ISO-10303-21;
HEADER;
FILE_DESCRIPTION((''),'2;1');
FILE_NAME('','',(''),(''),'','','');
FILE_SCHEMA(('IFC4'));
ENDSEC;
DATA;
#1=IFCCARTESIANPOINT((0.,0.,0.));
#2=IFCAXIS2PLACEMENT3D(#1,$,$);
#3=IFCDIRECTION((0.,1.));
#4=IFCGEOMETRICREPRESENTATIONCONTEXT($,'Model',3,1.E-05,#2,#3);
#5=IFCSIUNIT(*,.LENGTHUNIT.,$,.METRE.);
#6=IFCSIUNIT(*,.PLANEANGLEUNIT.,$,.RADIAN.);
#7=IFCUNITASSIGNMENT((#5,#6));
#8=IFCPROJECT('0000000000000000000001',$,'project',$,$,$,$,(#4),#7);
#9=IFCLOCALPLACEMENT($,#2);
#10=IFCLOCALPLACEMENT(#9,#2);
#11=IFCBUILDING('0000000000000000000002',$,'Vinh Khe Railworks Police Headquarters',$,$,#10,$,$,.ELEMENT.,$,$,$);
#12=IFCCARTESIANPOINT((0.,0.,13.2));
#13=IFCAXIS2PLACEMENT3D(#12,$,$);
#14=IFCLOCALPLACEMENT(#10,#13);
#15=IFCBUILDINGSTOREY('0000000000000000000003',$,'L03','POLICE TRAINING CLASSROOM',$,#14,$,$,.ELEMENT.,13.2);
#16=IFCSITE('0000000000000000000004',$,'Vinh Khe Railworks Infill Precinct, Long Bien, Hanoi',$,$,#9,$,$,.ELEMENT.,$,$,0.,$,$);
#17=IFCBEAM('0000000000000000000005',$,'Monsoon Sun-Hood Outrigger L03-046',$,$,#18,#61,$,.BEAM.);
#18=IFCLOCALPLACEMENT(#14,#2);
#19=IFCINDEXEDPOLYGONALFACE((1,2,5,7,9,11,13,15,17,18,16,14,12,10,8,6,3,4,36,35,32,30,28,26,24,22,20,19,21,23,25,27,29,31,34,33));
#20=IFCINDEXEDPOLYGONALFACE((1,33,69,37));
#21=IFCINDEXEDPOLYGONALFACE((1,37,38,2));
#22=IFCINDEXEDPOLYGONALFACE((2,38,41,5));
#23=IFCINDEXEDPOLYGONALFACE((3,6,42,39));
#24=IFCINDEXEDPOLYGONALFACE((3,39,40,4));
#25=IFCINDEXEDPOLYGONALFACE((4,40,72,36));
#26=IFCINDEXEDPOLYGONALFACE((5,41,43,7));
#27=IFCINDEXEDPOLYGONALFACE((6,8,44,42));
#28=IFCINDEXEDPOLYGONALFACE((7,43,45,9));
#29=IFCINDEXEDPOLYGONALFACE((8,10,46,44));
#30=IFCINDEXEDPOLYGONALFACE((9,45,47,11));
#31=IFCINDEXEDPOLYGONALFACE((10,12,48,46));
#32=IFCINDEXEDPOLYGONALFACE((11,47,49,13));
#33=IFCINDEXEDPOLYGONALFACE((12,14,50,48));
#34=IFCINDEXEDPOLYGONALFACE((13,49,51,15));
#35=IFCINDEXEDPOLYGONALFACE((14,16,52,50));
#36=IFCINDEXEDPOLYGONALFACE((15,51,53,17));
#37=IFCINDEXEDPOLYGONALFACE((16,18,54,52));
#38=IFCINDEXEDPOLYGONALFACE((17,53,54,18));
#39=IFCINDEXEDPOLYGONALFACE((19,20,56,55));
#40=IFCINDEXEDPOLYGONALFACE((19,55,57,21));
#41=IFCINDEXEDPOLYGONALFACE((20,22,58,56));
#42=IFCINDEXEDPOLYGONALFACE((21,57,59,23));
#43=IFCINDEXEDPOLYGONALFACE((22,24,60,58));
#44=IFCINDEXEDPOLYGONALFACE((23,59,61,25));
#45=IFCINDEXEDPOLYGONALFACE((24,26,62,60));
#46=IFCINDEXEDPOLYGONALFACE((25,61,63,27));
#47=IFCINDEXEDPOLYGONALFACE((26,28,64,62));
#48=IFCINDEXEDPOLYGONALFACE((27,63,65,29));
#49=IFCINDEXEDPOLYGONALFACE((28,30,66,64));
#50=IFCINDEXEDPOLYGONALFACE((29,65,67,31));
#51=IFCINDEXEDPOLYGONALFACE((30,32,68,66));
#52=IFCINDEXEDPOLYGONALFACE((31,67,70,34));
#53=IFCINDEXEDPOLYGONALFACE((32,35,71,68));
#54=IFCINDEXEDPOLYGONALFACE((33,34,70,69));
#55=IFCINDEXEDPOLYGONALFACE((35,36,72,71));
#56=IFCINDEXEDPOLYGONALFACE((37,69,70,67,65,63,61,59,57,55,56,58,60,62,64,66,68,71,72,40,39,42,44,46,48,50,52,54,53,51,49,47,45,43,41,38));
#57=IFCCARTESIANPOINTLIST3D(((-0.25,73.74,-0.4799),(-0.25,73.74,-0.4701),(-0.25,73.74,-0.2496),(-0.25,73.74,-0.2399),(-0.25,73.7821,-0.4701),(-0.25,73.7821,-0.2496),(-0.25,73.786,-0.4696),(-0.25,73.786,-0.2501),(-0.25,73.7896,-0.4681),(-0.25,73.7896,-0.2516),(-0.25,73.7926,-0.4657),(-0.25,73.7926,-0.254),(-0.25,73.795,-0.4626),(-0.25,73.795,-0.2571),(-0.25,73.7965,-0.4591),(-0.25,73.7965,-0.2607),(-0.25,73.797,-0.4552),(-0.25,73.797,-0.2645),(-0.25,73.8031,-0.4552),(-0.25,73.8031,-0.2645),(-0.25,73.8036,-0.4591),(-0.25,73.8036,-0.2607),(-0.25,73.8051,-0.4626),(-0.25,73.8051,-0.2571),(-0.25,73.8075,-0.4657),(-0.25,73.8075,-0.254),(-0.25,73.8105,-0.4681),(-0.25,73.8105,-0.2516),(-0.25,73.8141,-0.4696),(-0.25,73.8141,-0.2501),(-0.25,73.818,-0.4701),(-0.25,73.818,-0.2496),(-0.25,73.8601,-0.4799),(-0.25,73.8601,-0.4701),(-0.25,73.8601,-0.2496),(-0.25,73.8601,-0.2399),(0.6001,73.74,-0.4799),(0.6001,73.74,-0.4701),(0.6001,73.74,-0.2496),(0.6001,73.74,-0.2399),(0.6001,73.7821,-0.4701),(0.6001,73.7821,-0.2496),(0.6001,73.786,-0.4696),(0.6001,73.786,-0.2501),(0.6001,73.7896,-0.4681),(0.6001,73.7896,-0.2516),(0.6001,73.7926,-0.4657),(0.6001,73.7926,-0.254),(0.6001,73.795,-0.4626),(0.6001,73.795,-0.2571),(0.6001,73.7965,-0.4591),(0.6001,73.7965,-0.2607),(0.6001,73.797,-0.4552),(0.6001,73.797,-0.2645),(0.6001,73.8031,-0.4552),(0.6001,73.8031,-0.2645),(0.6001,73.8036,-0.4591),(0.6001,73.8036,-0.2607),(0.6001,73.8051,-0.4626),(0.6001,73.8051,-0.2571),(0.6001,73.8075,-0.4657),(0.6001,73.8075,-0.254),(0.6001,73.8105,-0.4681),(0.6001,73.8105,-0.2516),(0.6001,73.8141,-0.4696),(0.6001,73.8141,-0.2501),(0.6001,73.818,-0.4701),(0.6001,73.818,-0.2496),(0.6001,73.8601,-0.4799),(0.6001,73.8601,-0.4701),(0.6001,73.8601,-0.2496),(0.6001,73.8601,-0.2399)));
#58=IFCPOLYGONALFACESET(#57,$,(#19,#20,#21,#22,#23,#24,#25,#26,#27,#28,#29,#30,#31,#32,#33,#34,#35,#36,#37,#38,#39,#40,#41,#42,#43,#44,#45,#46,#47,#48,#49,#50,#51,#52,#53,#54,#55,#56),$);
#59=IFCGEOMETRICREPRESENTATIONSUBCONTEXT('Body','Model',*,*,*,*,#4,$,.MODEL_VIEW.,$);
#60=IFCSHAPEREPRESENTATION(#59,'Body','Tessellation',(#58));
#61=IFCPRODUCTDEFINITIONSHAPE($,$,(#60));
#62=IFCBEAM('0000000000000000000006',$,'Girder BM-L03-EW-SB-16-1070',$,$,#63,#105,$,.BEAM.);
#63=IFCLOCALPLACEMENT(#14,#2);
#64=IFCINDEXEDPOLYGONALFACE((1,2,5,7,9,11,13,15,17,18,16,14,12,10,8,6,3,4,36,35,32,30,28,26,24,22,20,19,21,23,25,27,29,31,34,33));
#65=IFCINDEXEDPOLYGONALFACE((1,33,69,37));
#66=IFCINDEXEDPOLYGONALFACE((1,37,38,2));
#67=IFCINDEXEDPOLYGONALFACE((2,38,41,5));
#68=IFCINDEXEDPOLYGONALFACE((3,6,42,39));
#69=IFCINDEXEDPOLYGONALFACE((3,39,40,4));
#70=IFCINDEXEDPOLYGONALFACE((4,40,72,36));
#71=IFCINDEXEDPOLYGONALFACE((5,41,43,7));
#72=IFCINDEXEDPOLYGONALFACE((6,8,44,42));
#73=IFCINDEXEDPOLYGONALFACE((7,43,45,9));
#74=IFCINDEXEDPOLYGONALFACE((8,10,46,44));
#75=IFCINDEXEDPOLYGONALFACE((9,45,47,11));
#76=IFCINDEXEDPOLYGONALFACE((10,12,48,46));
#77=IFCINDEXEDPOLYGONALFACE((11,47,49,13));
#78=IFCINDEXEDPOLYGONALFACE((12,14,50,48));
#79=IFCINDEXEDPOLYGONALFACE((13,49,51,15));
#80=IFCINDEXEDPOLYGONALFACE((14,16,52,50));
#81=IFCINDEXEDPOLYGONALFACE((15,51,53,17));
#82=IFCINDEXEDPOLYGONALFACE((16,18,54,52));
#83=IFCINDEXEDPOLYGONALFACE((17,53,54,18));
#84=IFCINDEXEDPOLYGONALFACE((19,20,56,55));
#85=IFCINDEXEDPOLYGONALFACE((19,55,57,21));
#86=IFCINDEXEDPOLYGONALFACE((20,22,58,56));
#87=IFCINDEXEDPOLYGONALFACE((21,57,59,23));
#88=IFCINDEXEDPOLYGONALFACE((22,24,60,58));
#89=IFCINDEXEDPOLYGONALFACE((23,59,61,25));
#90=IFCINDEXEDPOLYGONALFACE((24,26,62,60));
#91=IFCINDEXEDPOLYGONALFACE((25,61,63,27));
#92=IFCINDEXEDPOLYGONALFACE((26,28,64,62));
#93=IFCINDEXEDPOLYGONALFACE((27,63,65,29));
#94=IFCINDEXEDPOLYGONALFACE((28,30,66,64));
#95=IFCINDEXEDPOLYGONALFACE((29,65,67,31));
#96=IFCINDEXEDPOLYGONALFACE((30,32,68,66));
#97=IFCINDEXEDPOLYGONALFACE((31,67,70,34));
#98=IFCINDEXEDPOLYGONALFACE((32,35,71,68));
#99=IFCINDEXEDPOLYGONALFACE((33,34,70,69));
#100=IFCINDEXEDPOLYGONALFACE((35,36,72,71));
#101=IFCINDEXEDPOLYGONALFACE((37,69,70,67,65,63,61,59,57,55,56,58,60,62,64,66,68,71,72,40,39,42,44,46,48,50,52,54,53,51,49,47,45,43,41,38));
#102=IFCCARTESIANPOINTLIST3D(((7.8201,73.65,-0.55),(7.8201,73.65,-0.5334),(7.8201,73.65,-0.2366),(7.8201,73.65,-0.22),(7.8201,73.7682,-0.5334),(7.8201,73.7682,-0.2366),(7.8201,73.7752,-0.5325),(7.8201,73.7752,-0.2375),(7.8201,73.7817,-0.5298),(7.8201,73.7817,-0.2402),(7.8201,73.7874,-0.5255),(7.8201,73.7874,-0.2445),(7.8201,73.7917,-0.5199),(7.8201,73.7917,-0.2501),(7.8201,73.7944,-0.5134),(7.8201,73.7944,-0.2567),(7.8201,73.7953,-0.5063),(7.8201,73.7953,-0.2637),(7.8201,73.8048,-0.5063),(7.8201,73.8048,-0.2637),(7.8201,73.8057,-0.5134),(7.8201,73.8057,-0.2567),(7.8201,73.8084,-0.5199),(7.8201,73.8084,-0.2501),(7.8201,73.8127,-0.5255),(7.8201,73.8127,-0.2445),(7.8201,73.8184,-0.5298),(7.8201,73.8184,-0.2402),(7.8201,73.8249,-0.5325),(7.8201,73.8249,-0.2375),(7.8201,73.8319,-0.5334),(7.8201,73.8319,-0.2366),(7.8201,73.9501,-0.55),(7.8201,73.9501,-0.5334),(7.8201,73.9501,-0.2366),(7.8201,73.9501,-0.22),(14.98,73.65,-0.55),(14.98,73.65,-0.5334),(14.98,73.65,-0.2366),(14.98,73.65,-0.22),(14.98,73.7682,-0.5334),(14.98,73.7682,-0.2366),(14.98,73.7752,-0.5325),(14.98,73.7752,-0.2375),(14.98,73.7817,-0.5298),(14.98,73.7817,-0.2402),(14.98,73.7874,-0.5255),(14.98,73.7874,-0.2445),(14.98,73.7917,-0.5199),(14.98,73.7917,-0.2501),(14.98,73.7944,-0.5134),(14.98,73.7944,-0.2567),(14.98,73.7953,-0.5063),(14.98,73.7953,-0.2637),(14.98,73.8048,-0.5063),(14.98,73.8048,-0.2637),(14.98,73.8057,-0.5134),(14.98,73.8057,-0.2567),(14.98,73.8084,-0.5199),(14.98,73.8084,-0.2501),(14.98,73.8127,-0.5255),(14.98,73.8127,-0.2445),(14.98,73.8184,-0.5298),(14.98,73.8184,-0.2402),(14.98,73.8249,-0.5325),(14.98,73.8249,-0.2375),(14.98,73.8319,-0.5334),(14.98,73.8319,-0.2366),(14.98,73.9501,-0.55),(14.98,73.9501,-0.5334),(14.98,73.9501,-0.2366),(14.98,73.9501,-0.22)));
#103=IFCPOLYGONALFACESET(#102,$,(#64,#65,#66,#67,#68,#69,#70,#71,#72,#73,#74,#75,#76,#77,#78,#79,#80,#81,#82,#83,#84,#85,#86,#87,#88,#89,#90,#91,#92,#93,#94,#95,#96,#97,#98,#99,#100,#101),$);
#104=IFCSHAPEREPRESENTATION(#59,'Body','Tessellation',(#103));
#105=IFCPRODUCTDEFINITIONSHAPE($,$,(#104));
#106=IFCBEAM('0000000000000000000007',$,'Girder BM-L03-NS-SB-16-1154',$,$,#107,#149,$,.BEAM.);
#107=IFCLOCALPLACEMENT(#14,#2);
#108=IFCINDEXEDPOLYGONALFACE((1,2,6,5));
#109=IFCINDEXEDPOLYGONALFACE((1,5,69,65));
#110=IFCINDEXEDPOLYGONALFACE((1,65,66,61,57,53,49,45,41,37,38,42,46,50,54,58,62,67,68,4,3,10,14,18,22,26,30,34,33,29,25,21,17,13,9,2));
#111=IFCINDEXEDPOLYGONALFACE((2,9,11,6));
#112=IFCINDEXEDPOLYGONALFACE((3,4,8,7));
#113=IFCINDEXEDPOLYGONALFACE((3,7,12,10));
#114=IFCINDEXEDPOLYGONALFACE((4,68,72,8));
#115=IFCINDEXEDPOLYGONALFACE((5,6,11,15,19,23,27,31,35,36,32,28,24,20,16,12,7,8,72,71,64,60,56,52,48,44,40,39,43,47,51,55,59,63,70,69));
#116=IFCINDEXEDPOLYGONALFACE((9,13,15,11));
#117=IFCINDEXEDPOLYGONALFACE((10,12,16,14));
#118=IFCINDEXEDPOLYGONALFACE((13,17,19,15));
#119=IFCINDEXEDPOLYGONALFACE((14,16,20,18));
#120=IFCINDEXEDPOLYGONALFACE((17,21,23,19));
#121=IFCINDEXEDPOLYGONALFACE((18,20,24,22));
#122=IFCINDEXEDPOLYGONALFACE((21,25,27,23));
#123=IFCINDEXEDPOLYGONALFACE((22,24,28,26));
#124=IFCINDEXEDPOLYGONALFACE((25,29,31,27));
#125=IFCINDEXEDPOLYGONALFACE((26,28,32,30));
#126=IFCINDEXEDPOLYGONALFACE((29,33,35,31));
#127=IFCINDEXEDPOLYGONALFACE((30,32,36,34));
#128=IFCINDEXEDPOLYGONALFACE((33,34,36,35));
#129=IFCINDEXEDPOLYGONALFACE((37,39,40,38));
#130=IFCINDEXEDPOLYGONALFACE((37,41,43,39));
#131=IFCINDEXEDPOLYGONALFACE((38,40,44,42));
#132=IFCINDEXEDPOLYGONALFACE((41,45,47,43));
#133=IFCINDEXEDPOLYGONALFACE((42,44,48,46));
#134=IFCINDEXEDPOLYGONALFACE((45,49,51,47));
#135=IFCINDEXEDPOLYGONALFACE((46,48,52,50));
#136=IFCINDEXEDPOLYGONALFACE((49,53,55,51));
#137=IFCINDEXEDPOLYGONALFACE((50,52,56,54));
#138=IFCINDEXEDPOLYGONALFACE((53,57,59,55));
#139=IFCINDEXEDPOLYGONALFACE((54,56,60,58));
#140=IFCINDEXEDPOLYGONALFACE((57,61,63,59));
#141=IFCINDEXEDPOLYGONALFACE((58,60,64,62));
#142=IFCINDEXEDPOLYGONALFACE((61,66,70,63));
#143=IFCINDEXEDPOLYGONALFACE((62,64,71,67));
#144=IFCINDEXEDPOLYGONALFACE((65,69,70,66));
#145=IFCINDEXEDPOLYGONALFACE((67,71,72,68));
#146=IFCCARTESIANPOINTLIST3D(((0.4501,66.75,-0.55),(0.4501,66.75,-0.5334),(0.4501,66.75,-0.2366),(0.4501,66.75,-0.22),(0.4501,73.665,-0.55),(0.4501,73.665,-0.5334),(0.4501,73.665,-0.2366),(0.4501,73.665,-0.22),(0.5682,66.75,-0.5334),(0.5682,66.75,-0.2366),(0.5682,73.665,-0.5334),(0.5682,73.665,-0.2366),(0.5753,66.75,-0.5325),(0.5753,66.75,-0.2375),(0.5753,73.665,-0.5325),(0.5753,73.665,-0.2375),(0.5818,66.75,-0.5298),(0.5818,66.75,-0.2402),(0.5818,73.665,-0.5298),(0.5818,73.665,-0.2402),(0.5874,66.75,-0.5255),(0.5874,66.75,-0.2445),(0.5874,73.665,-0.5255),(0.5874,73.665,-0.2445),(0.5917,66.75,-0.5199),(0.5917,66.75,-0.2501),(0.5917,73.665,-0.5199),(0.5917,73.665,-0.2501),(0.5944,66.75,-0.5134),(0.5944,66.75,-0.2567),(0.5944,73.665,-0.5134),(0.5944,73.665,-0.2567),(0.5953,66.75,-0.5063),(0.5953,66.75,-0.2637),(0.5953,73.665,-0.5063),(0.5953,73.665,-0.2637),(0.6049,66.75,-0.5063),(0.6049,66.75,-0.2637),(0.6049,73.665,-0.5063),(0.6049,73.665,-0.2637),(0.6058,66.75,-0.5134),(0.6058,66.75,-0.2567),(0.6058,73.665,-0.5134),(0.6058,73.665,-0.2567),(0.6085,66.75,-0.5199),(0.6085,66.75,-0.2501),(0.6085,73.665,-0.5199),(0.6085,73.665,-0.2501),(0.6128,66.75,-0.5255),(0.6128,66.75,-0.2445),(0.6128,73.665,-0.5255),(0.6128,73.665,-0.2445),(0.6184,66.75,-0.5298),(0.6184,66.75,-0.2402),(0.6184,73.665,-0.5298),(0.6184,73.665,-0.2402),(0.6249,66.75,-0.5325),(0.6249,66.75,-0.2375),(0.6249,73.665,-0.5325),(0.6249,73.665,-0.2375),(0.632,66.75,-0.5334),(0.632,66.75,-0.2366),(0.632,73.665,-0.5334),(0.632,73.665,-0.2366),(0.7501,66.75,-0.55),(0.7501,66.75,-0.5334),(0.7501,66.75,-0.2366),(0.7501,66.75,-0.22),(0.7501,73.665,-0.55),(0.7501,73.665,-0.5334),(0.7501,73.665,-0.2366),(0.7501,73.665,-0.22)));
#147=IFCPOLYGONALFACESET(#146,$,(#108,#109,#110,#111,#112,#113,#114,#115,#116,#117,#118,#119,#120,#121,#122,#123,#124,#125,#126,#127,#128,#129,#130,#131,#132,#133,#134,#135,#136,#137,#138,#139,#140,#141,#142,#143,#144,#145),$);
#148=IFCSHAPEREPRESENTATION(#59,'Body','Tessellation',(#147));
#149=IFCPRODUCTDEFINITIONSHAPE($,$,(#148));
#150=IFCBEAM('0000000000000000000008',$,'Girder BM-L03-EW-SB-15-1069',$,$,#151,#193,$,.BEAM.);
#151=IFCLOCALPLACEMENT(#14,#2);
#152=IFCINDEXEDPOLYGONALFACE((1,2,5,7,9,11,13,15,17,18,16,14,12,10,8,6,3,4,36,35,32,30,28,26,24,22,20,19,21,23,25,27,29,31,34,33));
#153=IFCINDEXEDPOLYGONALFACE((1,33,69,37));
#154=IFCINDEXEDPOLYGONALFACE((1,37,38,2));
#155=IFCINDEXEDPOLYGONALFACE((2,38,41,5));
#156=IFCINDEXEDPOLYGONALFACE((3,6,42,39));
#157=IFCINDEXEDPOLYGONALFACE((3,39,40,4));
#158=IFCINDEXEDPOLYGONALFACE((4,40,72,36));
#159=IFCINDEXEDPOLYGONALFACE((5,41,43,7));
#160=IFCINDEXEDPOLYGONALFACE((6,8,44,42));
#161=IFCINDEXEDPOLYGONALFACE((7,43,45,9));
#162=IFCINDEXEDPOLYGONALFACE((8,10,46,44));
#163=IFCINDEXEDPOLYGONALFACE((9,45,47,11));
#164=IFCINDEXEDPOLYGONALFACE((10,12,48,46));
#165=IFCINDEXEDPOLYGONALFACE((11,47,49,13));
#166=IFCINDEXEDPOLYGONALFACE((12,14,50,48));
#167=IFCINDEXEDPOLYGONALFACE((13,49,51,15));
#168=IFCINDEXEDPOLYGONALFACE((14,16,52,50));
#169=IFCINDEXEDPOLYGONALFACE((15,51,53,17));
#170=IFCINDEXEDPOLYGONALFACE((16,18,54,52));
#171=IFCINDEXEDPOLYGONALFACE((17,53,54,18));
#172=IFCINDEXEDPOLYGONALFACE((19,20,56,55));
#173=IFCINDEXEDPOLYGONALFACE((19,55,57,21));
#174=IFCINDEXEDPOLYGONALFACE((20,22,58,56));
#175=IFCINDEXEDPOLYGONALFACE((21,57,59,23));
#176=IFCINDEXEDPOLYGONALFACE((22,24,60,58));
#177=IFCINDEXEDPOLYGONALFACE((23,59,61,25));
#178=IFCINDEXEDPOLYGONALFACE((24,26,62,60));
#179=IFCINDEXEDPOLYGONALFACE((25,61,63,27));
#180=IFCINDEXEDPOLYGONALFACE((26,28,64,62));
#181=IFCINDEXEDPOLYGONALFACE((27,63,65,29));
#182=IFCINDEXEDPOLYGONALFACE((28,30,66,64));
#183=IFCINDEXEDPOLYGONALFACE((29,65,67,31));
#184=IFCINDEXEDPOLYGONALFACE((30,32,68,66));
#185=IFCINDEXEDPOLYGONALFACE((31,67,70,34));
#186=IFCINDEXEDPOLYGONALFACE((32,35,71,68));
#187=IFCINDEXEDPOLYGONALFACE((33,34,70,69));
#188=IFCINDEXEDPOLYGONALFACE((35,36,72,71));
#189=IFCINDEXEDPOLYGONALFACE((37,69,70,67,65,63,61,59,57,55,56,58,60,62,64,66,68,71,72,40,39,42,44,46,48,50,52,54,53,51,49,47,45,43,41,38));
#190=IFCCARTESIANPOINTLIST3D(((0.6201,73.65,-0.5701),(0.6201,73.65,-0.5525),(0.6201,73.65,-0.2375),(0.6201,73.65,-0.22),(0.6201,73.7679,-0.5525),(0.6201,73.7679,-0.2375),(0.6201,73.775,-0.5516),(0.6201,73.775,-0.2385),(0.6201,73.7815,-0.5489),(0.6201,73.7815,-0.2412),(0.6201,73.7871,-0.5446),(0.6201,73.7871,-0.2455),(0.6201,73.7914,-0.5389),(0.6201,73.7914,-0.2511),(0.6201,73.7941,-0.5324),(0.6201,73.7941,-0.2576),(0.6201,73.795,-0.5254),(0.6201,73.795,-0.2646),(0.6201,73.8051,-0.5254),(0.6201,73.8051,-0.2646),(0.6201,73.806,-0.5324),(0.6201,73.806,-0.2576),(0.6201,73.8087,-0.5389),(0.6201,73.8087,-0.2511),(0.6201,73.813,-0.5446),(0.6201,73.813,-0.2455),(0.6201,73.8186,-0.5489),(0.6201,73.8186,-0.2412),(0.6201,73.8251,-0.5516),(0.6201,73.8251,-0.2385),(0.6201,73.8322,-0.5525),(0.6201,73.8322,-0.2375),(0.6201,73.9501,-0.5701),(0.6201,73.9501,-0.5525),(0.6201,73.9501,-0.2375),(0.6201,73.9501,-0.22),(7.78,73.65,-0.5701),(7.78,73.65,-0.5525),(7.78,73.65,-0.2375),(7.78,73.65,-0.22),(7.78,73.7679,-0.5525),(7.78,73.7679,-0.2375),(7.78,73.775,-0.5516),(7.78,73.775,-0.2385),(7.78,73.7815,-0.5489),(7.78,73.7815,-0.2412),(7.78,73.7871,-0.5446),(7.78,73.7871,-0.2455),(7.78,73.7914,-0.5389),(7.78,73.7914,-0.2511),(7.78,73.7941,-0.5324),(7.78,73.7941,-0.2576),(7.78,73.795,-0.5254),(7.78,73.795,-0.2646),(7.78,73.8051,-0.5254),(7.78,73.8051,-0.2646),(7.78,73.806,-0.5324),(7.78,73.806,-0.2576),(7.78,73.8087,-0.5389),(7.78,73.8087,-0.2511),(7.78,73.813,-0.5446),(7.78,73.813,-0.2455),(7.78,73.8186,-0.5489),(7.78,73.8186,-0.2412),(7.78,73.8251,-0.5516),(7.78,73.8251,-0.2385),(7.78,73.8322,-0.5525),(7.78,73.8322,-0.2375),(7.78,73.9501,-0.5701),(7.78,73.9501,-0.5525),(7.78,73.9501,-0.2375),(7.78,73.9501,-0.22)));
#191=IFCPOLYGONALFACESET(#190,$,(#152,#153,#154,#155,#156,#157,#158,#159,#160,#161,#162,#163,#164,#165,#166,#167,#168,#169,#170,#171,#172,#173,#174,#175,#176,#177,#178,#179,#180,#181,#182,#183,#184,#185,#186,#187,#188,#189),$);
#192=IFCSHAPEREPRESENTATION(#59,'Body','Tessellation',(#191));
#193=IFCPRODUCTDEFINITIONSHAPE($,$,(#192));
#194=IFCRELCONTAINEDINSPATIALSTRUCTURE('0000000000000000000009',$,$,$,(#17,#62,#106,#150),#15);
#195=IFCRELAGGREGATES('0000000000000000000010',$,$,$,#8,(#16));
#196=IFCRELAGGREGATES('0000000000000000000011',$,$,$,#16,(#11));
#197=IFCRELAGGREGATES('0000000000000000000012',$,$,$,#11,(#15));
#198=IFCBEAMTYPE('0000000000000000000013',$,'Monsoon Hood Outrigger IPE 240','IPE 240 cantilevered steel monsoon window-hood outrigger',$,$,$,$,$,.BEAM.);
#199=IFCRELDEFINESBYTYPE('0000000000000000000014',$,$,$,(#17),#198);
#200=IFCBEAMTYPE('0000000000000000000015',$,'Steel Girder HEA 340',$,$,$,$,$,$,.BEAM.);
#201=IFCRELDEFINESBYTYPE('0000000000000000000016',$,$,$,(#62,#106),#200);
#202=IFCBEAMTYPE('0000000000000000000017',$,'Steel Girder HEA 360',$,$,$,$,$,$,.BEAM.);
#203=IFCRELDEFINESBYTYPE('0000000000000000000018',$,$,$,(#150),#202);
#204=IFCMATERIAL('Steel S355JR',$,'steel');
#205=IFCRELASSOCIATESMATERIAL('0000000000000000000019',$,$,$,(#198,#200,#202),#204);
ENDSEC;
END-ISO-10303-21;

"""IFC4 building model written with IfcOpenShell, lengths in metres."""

from ifc_helpers import new_model, si_unit, direction, frame, origin, origin_2d, place, context, subcontext, project, spatial, i_section, extrude, material, material_profile, profile_set, type_object, element, save


model = new_model("IFC4")

# Units and contexts
model_context = context("Model", 3, precision=1e-05, world=origin(), true_north=direction((0.0, 1.0)))
body_context = subcontext(model_context, "Body", "Model", "MODEL_VIEW")
ifc_project = project(units=[si_unit("LENGTHUNIT", "METRE"), si_unit("PLANEANGLEUNIT", "RADIAN")], contexts=[model_context])

# Site, building, storey
site_placement = place(None, origin())
site = spatial("IfcSite", under=ifc_project, at=site_placement, Name="Vinh Khe Railworks Infill Precinct, Long Bien, Hanoi", CompositionType="ELEMENT", RefElevation=0.0)
building_placement = place(site_placement, origin())
building = spatial("IfcBuilding", under=site, at=building_placement, Name="Vinh Khe Railworks Police Headquarters", CompositionType="ELEMENT")
storey_placement = place(building_placement, frame((0.0, 0.0, 13.2)))
storey = spatial("IfcBuildingStorey", under=building, at=storey_placement, Name="L03", Description="POLICE TRAINING CLASSROOM", CompositionType="ELEMENT", Elevation=13.2)

# Shared definitions
ifc_material_1 = material(Name="Steel S355JR", Category="steel")

# Beams
ifc_material_profile_1 = material_profile(ifc_material_1, i_section(OverallWidth=0.1201, OverallDepth=0.24, WebThickness=0.0061, FlangeThickness=0.0098, FilletRadius=0.0149, at=origin_2d()), Name="IPE 240")
ifc_profile_set_1 = profile_set([ifc_material_profile_1], Name="Steel S355JR")
beam_type_1 = type_object("IfcBeamType", Name="Monsoon Hood Outrigger IPE 240", Description="IPE 240 cantilevered steel monsoon window-hood outrigger", PredefinedType="BEAM", material=ifc_profile_set_1)
beam_1_placement = place(storey_placement, frame((-0.25, 73.8, -0.3599), z_axis=(1.0, 0.0, 0.0), x_axis=(0.0, 1.0, 0.0)))
element("IfcBeam", 1, at=beam_1_placement, inside=storey, type_object=beam_type_1, Name="Monsoon Sun-Hood Outrigger L03-046", PredefinedType="BEAM", context=body_context, shape_type="SweptSolid", body=[
    extrude(i_section(OverallWidth=0.1201, OverallDepth=0.24, WebThickness=0.0061, FlangeThickness=0.0098, FilletRadius=0.0149, at=origin_2d()), origin(), (0.0, 0.0, 1.0), 0.8501),
])
ifc_material_profile_2 = material_profile(ifc_material_1, i_section(OverallWidth=0.3, OverallDepth=0.3301, WebThickness=0.0095, FlangeThickness=0.0166, FilletRadius=0.0271, at=origin_2d()), Name="HEA 340")
ifc_profile_set_2 = profile_set([ifc_material_profile_2], Name="Steel S355JR")
beam_type_2 = type_object("IfcBeamType", Name="Steel Girder HEA 340", PredefinedType="BEAM", material=ifc_profile_set_2)
beam_2_placement = place(storey_placement, frame((7.8201, 73.8, -0.385), z_axis=(1.0, 0.0, 0.0), x_axis=(0.0, 1.0, 0.0)))
element("IfcBeam", 2, at=beam_2_placement, inside=storey, type_object=beam_type_2, Name="Girder BM-L03-EW-SB-16-1070", PredefinedType="BEAM", context=body_context, shape_type="SweptSolid", body=[
    extrude(i_section(OverallWidth=0.3, OverallDepth=0.3301, WebThickness=0.0095, FlangeThickness=0.0166, FilletRadius=0.0271, at=origin_2d()), origin(), (0.0, 0.0, 1.0), 7.1599),
])
beam_3_placement = place(storey_placement, frame((0.6001, 66.75, -0.385), z_axis=(0.0, 1.0, 0.0), x_axis=(-1.0, 0.0, 0.0)))
element("IfcBeam", 3, at=beam_3_placement, inside=storey, type_object=beam_type_2, Name="Girder BM-L03-NS-SB-16-1154", PredefinedType="BEAM", context=body_context, shape_type="SweptSolid", body=[
    extrude(i_section(OverallWidth=0.3, OverallDepth=0.3301, WebThickness=0.0095, FlangeThickness=0.0166, FilletRadius=0.0271, at=origin_2d()), origin(), (0.0, 0.0, 1.0), 6.915),
])
ifc_material_profile_3 = material_profile(ifc_material_1, i_section(OverallWidth=0.3, OverallDepth=0.3501, WebThickness=0.01, FlangeThickness=0.0176, FilletRadius=0.0271, at=origin_2d()), Name="HEA 360")
ifc_profile_set_3 = profile_set([ifc_material_profile_3], Name="Steel S355JR")
beam_type_3 = type_object("IfcBeamType", Name="Steel Girder HEA 360", PredefinedType="BEAM", material=ifc_profile_set_3)
beam_4_placement = place(storey_placement, frame((0.6201, 73.8, -0.395), z_axis=(1.0, 0.0, 0.0), x_axis=(0.0, 1.0, 0.0)))
element("IfcBeam", 4, at=beam_4_placement, inside=storey, type_object=beam_type_3, Name="Girder BM-L03-EW-SB-15-1069", PredefinedType="BEAM", context=body_context, shape_type="SweptSolid", body=[
    extrude(i_section(OverallWidth=0.3, OverallDepth=0.3501, WebThickness=0.01, FlangeThickness=0.0176, FilletRadius=0.0271, at=origin_2d()), origin(), (0.0, 0.0, 1.0), 7.1599),
])

save(model, "model.ifc")
